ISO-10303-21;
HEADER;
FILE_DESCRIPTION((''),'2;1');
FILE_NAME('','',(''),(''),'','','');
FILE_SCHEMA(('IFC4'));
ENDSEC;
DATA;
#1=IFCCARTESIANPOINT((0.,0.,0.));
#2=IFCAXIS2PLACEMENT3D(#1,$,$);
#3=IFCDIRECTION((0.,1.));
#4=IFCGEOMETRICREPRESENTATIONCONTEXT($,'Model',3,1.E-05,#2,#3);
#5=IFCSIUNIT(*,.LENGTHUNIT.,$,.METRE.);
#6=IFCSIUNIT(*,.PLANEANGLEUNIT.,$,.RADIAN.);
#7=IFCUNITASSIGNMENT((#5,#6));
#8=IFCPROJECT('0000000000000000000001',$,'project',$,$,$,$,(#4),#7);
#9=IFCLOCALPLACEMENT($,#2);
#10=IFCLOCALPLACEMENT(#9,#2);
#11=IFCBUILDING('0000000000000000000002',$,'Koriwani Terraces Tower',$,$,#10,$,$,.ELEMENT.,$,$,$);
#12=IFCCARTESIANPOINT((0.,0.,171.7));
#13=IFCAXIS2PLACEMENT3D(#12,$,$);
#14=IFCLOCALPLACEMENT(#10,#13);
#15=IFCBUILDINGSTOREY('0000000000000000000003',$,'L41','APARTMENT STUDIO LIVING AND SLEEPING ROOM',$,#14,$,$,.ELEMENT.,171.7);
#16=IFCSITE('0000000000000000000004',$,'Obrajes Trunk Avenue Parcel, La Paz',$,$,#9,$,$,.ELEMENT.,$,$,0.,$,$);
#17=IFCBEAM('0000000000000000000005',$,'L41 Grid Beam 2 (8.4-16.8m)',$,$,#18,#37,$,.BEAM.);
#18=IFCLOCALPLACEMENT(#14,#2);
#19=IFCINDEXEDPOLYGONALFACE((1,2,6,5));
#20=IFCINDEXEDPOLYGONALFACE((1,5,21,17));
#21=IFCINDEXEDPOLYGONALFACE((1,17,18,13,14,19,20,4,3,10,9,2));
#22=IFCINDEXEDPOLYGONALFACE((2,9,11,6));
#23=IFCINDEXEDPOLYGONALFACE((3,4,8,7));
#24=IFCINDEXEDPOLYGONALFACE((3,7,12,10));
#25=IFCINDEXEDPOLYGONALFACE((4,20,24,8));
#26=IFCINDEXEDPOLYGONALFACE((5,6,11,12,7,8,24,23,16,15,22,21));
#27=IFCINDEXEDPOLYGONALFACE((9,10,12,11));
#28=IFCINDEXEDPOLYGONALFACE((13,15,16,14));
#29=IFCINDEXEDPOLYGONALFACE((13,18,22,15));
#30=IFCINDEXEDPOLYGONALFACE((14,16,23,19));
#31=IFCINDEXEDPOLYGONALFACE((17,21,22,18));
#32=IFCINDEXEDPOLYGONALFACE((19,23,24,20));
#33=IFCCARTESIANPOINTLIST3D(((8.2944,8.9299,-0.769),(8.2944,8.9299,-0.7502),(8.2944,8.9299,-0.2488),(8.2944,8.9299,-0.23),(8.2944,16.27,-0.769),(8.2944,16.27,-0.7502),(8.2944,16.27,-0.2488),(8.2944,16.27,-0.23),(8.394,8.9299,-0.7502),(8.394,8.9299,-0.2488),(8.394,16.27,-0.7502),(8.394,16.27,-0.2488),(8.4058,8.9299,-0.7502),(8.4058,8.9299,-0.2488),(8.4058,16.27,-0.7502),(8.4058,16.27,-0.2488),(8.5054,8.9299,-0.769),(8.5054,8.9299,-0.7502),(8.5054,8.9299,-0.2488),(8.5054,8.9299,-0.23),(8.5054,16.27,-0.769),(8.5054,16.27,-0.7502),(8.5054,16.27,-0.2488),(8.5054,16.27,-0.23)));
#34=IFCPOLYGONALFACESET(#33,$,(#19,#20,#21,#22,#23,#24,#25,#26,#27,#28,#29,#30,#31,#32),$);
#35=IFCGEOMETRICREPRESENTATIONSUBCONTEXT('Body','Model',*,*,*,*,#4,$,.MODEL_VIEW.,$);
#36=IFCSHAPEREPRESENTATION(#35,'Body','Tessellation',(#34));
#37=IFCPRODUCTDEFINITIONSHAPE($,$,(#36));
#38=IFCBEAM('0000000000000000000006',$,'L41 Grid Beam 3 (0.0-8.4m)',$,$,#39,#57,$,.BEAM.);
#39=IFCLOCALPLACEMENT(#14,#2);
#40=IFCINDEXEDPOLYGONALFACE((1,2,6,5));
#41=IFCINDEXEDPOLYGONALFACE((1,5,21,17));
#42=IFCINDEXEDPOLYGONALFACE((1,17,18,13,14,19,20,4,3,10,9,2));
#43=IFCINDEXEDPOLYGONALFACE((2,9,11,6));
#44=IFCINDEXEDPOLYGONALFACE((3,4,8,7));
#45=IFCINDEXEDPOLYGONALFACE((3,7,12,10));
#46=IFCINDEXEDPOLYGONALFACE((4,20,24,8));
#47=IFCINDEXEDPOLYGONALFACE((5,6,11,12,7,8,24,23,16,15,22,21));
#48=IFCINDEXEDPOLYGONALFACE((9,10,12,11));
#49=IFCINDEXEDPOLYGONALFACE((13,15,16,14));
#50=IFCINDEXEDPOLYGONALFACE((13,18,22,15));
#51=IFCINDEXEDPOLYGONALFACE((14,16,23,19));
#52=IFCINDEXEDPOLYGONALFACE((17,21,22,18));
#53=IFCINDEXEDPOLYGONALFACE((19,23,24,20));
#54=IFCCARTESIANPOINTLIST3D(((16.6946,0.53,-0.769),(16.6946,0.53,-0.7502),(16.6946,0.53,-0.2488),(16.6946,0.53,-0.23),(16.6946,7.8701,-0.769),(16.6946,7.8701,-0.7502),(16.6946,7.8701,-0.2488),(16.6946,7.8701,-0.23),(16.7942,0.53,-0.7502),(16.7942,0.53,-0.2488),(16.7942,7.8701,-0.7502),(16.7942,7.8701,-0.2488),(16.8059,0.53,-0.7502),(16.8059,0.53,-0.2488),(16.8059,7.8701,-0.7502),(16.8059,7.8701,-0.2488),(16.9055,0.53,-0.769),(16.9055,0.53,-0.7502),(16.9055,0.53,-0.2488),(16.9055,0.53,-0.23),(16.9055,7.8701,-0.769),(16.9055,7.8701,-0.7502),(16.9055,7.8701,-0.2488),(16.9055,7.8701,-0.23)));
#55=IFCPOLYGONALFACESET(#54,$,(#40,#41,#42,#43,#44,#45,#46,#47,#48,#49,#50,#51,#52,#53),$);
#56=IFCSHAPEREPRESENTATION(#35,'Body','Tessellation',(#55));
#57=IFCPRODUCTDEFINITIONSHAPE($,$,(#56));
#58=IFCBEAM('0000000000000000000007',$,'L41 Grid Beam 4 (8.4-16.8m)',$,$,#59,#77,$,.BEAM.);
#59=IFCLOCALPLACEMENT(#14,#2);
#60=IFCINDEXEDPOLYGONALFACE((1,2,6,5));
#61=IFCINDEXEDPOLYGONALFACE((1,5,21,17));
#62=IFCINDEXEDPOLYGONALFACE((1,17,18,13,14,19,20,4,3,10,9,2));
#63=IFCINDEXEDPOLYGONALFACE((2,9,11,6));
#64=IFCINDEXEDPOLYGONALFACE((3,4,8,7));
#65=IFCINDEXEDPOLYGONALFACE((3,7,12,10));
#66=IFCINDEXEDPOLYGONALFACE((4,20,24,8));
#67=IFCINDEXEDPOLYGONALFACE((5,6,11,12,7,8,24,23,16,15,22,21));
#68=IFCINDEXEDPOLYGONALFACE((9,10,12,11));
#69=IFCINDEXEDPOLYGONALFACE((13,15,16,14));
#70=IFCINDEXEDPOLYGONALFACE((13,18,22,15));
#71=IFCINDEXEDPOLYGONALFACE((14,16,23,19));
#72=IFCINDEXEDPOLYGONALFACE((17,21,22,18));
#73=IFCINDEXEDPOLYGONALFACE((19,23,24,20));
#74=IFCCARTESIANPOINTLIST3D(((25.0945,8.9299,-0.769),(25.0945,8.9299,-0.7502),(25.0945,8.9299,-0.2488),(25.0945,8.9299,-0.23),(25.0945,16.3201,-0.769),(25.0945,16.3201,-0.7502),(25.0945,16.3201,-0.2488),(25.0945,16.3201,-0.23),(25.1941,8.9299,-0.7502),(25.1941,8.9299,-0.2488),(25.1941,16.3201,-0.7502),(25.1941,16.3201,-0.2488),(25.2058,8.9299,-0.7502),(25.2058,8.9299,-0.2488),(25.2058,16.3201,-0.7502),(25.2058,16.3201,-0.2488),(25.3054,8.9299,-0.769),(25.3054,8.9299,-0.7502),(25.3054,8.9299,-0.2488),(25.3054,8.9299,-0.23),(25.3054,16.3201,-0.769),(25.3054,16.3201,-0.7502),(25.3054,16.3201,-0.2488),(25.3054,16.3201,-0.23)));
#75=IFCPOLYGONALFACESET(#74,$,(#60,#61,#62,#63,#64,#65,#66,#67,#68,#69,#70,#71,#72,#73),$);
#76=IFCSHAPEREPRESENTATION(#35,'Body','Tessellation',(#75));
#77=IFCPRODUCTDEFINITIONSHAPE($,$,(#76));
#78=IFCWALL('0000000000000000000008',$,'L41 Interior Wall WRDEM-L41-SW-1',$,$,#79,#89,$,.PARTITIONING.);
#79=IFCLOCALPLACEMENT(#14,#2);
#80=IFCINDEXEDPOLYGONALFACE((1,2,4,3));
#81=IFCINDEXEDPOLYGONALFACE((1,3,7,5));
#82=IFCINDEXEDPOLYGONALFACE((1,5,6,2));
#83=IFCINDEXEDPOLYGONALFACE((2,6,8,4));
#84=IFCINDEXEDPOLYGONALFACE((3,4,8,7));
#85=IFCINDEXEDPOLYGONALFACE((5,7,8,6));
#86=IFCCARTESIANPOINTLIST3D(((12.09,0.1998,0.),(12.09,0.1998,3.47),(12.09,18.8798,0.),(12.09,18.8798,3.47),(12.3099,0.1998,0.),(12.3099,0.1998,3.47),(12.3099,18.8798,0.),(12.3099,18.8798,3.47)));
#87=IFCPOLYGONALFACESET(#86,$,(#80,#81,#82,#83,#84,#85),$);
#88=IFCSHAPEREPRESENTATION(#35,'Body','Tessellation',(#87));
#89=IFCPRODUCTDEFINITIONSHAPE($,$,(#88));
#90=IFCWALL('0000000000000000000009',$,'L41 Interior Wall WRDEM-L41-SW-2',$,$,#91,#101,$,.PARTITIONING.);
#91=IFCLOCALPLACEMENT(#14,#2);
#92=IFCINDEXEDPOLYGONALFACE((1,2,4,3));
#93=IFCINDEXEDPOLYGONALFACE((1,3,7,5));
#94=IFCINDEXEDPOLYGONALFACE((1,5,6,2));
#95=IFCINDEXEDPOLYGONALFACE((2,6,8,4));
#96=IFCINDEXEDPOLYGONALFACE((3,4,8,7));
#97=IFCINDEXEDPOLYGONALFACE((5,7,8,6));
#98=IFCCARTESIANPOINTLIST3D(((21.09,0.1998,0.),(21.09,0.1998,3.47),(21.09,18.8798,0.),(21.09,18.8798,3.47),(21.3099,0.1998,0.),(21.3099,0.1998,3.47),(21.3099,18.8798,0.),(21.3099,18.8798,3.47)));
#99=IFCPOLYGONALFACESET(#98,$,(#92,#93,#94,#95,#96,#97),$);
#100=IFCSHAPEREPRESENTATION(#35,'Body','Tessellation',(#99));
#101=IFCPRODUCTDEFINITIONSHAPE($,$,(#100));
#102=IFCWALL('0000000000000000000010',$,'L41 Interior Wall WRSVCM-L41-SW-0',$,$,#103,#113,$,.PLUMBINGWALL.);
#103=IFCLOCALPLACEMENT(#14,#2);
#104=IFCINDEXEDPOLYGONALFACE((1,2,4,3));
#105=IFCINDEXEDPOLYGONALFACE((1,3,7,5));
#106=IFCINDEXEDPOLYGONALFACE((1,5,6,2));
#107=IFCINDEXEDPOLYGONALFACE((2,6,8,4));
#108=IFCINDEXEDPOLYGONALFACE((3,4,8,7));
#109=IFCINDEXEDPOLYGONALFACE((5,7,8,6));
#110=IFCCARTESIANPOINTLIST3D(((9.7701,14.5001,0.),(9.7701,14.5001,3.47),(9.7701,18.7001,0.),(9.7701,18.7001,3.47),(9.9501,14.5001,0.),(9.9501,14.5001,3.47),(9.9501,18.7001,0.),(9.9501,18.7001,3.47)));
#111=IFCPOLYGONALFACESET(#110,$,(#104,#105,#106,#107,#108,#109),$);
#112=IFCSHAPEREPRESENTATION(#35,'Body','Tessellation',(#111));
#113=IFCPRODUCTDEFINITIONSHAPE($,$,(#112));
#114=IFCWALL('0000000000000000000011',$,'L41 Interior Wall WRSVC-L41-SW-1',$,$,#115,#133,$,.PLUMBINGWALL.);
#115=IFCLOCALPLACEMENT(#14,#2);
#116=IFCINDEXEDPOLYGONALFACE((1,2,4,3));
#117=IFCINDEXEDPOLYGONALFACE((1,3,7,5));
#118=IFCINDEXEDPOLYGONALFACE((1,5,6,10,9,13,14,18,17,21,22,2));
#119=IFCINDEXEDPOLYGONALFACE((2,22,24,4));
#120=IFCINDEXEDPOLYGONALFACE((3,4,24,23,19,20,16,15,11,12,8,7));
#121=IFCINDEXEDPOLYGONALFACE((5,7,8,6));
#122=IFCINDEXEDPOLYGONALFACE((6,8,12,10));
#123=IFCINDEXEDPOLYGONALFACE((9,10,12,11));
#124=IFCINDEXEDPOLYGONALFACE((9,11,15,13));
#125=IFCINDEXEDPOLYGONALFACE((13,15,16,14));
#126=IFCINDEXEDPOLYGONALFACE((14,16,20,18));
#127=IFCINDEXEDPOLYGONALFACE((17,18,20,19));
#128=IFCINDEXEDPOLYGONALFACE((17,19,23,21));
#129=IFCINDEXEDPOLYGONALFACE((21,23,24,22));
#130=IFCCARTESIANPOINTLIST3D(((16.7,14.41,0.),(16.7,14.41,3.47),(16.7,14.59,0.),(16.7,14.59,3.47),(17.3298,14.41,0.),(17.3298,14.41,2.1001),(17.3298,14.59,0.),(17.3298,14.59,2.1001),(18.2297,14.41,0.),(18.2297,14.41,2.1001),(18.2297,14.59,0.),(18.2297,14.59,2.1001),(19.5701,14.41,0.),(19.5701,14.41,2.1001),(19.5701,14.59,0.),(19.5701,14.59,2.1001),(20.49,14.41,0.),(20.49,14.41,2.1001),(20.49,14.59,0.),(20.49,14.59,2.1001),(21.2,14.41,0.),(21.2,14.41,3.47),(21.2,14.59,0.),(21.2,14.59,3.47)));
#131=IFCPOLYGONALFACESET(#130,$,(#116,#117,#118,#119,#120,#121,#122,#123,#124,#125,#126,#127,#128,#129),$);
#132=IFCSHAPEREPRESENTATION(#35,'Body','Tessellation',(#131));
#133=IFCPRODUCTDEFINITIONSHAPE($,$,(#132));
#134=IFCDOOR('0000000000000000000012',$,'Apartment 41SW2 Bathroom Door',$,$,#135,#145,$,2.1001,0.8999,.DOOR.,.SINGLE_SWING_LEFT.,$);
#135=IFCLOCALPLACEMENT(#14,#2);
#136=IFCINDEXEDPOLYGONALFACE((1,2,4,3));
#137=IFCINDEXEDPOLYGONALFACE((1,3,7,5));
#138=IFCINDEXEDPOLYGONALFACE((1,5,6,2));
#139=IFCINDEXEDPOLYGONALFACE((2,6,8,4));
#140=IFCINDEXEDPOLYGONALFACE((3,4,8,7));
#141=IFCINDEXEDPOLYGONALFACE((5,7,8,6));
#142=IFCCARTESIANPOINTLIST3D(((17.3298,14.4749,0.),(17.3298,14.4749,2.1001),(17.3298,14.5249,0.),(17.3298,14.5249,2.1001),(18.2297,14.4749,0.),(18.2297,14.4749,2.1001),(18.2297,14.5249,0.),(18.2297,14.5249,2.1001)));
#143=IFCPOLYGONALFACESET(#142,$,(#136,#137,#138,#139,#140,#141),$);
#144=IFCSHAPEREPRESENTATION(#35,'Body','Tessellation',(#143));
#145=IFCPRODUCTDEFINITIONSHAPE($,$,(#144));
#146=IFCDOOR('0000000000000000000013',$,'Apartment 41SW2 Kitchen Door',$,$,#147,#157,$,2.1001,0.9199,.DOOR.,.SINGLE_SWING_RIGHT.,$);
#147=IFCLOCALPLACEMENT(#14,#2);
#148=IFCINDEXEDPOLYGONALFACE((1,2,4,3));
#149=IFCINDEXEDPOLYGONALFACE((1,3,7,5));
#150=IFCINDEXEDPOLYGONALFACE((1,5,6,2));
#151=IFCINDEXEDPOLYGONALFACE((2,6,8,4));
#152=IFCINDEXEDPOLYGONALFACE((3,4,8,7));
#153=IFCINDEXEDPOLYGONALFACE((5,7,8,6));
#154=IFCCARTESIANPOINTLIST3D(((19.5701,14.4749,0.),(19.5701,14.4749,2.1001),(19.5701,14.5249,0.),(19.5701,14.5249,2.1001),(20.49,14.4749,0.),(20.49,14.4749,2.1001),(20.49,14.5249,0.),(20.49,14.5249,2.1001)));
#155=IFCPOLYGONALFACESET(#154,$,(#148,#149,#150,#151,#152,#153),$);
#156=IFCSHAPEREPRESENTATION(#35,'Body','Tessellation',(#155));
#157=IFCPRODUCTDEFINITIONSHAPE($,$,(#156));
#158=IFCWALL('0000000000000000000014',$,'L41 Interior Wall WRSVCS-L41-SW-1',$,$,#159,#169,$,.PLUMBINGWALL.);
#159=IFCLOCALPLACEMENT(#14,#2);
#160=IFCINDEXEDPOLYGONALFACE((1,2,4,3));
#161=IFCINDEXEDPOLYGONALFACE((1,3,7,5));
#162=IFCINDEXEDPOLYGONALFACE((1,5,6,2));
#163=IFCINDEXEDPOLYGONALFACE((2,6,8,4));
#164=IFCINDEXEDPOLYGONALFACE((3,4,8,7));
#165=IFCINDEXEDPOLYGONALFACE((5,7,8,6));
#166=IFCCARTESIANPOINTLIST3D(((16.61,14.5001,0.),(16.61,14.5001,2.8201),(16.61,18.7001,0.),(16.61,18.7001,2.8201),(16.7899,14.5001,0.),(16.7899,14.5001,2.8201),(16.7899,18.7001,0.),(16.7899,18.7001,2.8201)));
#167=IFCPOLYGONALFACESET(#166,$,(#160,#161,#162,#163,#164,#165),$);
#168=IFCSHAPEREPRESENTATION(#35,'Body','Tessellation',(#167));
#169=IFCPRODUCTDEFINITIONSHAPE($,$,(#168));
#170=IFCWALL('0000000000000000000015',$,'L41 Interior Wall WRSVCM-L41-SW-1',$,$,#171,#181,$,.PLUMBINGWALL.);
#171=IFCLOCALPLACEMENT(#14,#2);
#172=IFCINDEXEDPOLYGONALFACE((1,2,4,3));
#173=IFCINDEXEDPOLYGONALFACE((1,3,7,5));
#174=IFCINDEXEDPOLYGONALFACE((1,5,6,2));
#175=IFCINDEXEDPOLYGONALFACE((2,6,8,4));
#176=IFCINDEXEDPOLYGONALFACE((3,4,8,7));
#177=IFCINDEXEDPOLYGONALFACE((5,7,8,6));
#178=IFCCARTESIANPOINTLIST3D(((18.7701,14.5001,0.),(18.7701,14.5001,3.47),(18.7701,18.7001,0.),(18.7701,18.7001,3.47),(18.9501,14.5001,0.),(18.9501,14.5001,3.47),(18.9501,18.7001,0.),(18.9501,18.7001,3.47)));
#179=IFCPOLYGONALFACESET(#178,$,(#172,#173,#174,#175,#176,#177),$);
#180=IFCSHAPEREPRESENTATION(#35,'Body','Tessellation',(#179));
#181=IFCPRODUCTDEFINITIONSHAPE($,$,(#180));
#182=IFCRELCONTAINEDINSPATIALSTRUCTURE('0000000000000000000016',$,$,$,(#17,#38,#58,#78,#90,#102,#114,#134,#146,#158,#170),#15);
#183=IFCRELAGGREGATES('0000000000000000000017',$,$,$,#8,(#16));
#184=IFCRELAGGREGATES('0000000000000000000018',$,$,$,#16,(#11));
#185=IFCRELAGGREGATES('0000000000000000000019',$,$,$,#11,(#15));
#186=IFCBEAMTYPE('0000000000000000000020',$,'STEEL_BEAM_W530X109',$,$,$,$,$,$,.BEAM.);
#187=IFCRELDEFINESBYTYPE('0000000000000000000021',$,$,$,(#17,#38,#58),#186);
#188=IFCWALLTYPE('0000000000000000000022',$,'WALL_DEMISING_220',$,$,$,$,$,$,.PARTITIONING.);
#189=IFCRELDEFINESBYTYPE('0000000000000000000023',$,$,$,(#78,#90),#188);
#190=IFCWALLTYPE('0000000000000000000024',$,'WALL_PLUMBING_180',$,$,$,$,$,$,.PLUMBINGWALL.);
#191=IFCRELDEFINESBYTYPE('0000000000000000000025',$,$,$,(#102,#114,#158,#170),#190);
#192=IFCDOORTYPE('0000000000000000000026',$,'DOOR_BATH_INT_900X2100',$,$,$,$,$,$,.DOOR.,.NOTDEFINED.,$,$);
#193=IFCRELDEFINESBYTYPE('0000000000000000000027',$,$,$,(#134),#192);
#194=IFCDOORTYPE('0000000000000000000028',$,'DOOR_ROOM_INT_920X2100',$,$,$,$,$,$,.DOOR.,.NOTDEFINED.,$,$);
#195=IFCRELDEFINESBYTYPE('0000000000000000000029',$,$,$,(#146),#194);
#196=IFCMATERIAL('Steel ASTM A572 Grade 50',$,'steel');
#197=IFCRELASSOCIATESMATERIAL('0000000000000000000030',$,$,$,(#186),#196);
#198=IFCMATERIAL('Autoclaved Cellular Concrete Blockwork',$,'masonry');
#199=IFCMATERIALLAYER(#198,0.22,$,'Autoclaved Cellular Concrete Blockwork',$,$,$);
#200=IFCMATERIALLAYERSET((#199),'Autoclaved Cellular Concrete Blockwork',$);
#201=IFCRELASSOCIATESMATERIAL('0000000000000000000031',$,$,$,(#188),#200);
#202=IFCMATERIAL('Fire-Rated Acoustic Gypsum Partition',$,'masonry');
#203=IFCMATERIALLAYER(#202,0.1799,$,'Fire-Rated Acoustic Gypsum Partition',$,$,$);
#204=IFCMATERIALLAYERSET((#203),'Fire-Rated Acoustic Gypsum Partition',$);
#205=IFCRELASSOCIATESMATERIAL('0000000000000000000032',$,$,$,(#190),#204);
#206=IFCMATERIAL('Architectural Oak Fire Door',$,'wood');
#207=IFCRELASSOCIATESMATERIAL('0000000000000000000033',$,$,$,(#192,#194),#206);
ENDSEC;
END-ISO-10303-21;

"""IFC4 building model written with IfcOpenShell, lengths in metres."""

from ifc_helpers import new_model, si_unit, direction, frame, frame_2d, origin, origin_2d, place, context, subcontext, project, spatial, rectangle, i_section, extrude, material, layer, layer_set, material_profile, profile_set, type_object, element, fill, save


model = new_model("IFC4")

# Units and contexts
model_context = context("Model", 3, precision=1e-05, world=origin(), true_north=direction((0.0, 1.0)))
body_context = subcontext(model_context, "Body", "Model", "MODEL_VIEW")
ifc_project = project(units=[si_unit("LENGTHUNIT", "METRE"), si_unit("PLANEANGLEUNIT", "RADIAN")], contexts=[model_context])

# Site, building, storey
site_placement = place(None, origin())
site = spatial("IfcSite", under=ifc_project, at=site_placement, Name="Obrajes Trunk Avenue Parcel, La Paz", CompositionType="ELEMENT", RefElevation=0.0)
building_placement = place(site_placement, origin())
building = spatial("IfcBuilding", under=site, at=building_placement, Name="Koriwani Terraces Tower", CompositionType="ELEMENT")
storey_placement = place(building_placement, frame((0.0, 0.0, 171.7)))
storey = spatial("IfcBuildingStorey", under=building, at=storey_placement, Name="L41", Description="APARTMENT STUDIO LIVING AND SLEEPING ROOM", CompositionType="ELEMENT", Elevation=171.7)

# Beams
ifc_material_1 = material(Name="Steel ASTM A572 Grade 50", Category="steel")
ifc_material_profile_1 = material_profile(ifc_material_1, i_section(OverallWidth=0.2109, OverallDepth=0.5391, WebThickness=0.0117, FlangeThickness=0.0188, at=origin_2d()), Name="Steel ASTM A572 Grade 50", Category="LoadBearing")
ifc_profile_set_1 = profile_set([ifc_material_profile_1], Name="Steel ASTM A572 Grade 50")
beam_type_1 = type_object("IfcBeamType", Name="STEEL_BEAM_W530X109", PredefinedType="BEAM", material=ifc_profile_set_1)
for number, where, z_axis, x_axis, name in (
    (1, (8.3999, 8.9299, -0.4995), (0.0, 1.0, 0.0), (-1.0, 0.0, 0.0), "L41 Grid Beam 2 (8.4-16.8m)"),
    (2, (16.8, 0.53, -0.4995), (0.0, 1.0, 0.0), (-1.0, 0.0, 0.0), "L41 Grid Beam 3 (0.0-8.4m)"),
):
    element("IfcBeam", number, at=place(storey_placement, frame(where, z_axis=z_axis, x_axis=x_axis)), inside=storey, type_object=beam_type_1, Name=name, PredefinedType="BEAM", context=body_context, shape_type="SweptSolid", body=[
        extrude(i_section(OverallWidth=0.2109, OverallDepth=0.5391, WebThickness=0.0117, FlangeThickness=0.0188, at=origin_2d()), origin(), (0.0, 0.0, 1.0), 7.3401),
    ])
beam_1_placement = place(storey_placement, frame((25.2, 8.9299, -0.4995), z_axis=(0.0, 1.0, 0.0), x_axis=(-1.0, 0.0, 0.0)))
element("IfcBeam", 3, at=beam_1_placement, inside=storey, type_object=beam_type_1, Name="L41 Grid Beam 4 (8.4-16.8m)", PredefinedType="BEAM", context=body_context, shape_type="SweptSolid", body=[
    extrude(i_section(OverallWidth=0.2109, OverallDepth=0.5391, WebThickness=0.0117, FlangeThickness=0.0188, at=origin_2d()), origin(), (0.0, 0.0, 1.0), 7.3901),
])

# Walls
ifc_material_2 = material(Name="Autoclaved Cellular Concrete Blockwork", Category="masonry")
ifc_layer_1 = layer(ifc_material_2, 0.22, Name="Autoclaved Cellular Concrete Blockwork")
ifc_layer_set_1 = layer_set([ifc_layer_1], Name="Autoclaved Cellular Concrete Blockwork")
wall_type_1 = type_object("IfcWallType", Name="WALL_DEMISING_220", PredefinedType="PARTITIONING", material=ifc_layer_set_1)
for number, where, z_axis, x_axis, name in (
    (4, (12.2, 0.2, 0.0), (0.0, 0.0, 1.0), (0.0, 1.0, 0.0), "L41 Interior Wall WRDEM-L41-SW-1"),
    (5, (21.2, 0.2, 0.0), (0.0, 0.0, 1.0), (0.0, 1.0, 0.0), "L41 Interior Wall WRDEM-L41-SW-2"),
):
    element("IfcWall", number, at=place(storey_placement, frame(where, z_axis=z_axis, x_axis=x_axis)), inside=storey, type_object=wall_type_1, Name=name, PredefinedType="PARTITIONING", context=body_context, shape_type="SweptSolid", body=[
        extrude(rectangle(XDim=18.6799, YDim=0.22, at=frame_2d((9.3398, 0.0))), origin(), (0.0, 0.0, 1.0), 3.47),
    ])
ifc_material_3 = material(Name="Fire-Rated Acoustic Gypsum Partition", Category="masonry")
ifc_layer_2 = layer(ifc_material_3, 0.1799, Name="Fire-Rated Acoustic Gypsum Partition")
ifc_layer_set_2 = layer_set([ifc_layer_2], Name="Fire-Rated Acoustic Gypsum Partition")
wall_type_2 = type_object("IfcWallType", Name="WALL_PLUMBING_180", PredefinedType="PLUMBINGWALL", material=ifc_layer_set_2)
wall_1_placement = place(storey_placement, frame((9.8601, 14.5, 0.0), z_axis=(0.0, 0.0, 1.0), x_axis=(0.0, 1.0, 0.0)))
element("IfcWall", 6, at=wall_1_placement, inside=storey, type_object=wall_type_2, Name="L41 Interior Wall WRSVCM-L41-SW-0", PredefinedType="PLUMBINGWALL", context=body_context, shape_type="SweptSolid", body=[
    extrude(rectangle(XDim=4.2, YDim=0.1799, at=frame_2d((2.1001, 0.0))), origin(), (0.0, 0.0, 1.0), 3.47),
])

# Wall, openings, doors
wall_2_placement = place(storey_placement, frame((16.7, 14.5, 0.0), z_axis=(0.0, 0.0, 1.0), x_axis=(1.0, 0.0, 0.0)))
wall_2 = element("IfcWall", 7, at=wall_2_placement, inside=storey, type_object=wall_type_2, Name="L41 Interior Wall WRSVC-L41-SW-1", PredefinedType="PLUMBINGWALL", context=body_context, shape_type="SweptSolid", body=[
    extrude(rectangle(XDim=4.5, YDim=0.1799, at=frame_2d((2.25, 0.0))), origin(), (0.0, 0.0, 1.0), 3.47),
])
opening_1_placement = place(wall_2_placement, frame((0.6299, 0.0, 0.0)))
opening_1 = element("IfcOpeningElement", 8, at=opening_1_placement, cuts=wall_2, PredefinedType="OPENING", context=body_context, shape_type="SweptSolid", body=[
    extrude(rectangle(XDim=0.8999, YDim=2.1001, at=frame_2d((0.45, 1.05))), frame((0.0, 0.1001, 0.0), z_axis=(0.0, -1.0, 0.0), x_axis=(1.0, 0.0, 0.0)), (0.0, 0.0, 1.0), 0.2),
])
opening_2_placement = place(wall_2_placement, frame((2.8701, 0.0, 0.0)))
opening_2 = element("IfcOpeningElement", 9, at=opening_2_placement, cuts=wall_2, PredefinedType="OPENING", context=body_context, shape_type="SweptSolid", body=[
    extrude(rectangle(XDim=0.9199, YDim=2.1001, at=frame_2d((0.46, 1.05))), frame((0.0, 0.1001, 0.0), z_axis=(0.0, -1.0, 0.0), x_axis=(1.0, 0.0, 0.0)), (0.0, 0.0, 1.0), 0.2),
])
ifc_material_4 = material(Name="Architectural Oak Fire Door", Category="wood")
door_type_1 = type_object("IfcDoorType", Name="DOOR_BATH_INT_900X2100", OperationType="NOTDEFINED", PredefinedType="DOOR", material=ifc_material_4)
door_1_placement = place(opening_1_placement, origin())
door_1 = element("IfcDoor", 10, at=door_1_placement, inside=storey, type_object=door_type_1, Name="Apartment 41SW2 Bathroom Door", OperationType="SINGLE_SWING_LEFT", OverallHeight=2.1001, OverallWidth=0.8999, PredefinedType="DOOR", context=body_context, shape_type="SweptSolid", body=[
    extrude(rectangle(XDim=0.8999, YDim=2.1001, at=frame_2d((0.45, 1.05))), frame((0.0, 0.0249, 0.0), z_axis=(0.0, -1.0, 0.0), x_axis=(1.0, 0.0, 0.0)), (0.0, 0.0, 1.0), 0.05),
])
fill(opening_1, door_1)
door_type_2 = type_object("IfcDoorType", Name="DOOR_ROOM_INT_920X2100", OperationType="NOTDEFINED", PredefinedType="DOOR", material=ifc_material_4)
door_2_placement = place(opening_2_placement, origin())
door_2 = element("IfcDoor", 11, at=door_2_placement, inside=storey, type_object=door_type_2, Name="Apartment 41SW2 Kitchen Door", OperationType="SINGLE_SWING_RIGHT", OverallHeight=2.1001, OverallWidth=0.9199, PredefinedType="DOOR", context=body_context, shape_type="SweptSolid", body=[
    extrude(rectangle(XDim=0.9199, YDim=2.1001, at=frame_2d((0.46, 1.05))), frame((0.0, 0.0249, 0.0), z_axis=(0.0, -1.0, 0.0), x_axis=(1.0, 0.0, 0.0)), (0.0, 0.0, 1.0), 0.05),
])
fill(opening_2, door_2)

# Walls
wall_3_placement = place(storey_placement, frame((16.7, 14.5, 0.0), z_axis=(0.0, 0.0, 1.0), x_axis=(0.0, 1.0, 0.0)))
element("IfcWall", 12, at=wall_3_placement, inside=storey, type_object=wall_type_2, Name="L41 Interior Wall WRSVCS-L41-SW-1", PredefinedType="PLUMBINGWALL", context=body_context, shape_type="SweptSolid", body=[
    extrude(rectangle(XDim=4.2, YDim=0.1799, at=frame_2d((2.1001, 0.0))), origin(), (0.0, 0.0, 1.0), 2.8201),
])
wall_4_placement = place(storey_placement, frame((18.8601, 14.5, 0.0), z_axis=(0.0, 0.0, 1.0), x_axis=(0.0, 1.0, 0.0)))
element("IfcWall", 13, at=wall_4_placement, inside=storey, type_object=wall_type_2, Name="L41 Interior Wall WRSVCM-L41-SW-1", PredefinedType="PLUMBINGWALL", context=body_context, shape_type="SweptSolid", body=[
    extrude(rectangle(XDim=4.2, YDim=0.1799, at=frame_2d((2.1001, 0.0))), origin(), (0.0, 0.0, 1.0), 3.47),
])

save(model, "model.ifc")
